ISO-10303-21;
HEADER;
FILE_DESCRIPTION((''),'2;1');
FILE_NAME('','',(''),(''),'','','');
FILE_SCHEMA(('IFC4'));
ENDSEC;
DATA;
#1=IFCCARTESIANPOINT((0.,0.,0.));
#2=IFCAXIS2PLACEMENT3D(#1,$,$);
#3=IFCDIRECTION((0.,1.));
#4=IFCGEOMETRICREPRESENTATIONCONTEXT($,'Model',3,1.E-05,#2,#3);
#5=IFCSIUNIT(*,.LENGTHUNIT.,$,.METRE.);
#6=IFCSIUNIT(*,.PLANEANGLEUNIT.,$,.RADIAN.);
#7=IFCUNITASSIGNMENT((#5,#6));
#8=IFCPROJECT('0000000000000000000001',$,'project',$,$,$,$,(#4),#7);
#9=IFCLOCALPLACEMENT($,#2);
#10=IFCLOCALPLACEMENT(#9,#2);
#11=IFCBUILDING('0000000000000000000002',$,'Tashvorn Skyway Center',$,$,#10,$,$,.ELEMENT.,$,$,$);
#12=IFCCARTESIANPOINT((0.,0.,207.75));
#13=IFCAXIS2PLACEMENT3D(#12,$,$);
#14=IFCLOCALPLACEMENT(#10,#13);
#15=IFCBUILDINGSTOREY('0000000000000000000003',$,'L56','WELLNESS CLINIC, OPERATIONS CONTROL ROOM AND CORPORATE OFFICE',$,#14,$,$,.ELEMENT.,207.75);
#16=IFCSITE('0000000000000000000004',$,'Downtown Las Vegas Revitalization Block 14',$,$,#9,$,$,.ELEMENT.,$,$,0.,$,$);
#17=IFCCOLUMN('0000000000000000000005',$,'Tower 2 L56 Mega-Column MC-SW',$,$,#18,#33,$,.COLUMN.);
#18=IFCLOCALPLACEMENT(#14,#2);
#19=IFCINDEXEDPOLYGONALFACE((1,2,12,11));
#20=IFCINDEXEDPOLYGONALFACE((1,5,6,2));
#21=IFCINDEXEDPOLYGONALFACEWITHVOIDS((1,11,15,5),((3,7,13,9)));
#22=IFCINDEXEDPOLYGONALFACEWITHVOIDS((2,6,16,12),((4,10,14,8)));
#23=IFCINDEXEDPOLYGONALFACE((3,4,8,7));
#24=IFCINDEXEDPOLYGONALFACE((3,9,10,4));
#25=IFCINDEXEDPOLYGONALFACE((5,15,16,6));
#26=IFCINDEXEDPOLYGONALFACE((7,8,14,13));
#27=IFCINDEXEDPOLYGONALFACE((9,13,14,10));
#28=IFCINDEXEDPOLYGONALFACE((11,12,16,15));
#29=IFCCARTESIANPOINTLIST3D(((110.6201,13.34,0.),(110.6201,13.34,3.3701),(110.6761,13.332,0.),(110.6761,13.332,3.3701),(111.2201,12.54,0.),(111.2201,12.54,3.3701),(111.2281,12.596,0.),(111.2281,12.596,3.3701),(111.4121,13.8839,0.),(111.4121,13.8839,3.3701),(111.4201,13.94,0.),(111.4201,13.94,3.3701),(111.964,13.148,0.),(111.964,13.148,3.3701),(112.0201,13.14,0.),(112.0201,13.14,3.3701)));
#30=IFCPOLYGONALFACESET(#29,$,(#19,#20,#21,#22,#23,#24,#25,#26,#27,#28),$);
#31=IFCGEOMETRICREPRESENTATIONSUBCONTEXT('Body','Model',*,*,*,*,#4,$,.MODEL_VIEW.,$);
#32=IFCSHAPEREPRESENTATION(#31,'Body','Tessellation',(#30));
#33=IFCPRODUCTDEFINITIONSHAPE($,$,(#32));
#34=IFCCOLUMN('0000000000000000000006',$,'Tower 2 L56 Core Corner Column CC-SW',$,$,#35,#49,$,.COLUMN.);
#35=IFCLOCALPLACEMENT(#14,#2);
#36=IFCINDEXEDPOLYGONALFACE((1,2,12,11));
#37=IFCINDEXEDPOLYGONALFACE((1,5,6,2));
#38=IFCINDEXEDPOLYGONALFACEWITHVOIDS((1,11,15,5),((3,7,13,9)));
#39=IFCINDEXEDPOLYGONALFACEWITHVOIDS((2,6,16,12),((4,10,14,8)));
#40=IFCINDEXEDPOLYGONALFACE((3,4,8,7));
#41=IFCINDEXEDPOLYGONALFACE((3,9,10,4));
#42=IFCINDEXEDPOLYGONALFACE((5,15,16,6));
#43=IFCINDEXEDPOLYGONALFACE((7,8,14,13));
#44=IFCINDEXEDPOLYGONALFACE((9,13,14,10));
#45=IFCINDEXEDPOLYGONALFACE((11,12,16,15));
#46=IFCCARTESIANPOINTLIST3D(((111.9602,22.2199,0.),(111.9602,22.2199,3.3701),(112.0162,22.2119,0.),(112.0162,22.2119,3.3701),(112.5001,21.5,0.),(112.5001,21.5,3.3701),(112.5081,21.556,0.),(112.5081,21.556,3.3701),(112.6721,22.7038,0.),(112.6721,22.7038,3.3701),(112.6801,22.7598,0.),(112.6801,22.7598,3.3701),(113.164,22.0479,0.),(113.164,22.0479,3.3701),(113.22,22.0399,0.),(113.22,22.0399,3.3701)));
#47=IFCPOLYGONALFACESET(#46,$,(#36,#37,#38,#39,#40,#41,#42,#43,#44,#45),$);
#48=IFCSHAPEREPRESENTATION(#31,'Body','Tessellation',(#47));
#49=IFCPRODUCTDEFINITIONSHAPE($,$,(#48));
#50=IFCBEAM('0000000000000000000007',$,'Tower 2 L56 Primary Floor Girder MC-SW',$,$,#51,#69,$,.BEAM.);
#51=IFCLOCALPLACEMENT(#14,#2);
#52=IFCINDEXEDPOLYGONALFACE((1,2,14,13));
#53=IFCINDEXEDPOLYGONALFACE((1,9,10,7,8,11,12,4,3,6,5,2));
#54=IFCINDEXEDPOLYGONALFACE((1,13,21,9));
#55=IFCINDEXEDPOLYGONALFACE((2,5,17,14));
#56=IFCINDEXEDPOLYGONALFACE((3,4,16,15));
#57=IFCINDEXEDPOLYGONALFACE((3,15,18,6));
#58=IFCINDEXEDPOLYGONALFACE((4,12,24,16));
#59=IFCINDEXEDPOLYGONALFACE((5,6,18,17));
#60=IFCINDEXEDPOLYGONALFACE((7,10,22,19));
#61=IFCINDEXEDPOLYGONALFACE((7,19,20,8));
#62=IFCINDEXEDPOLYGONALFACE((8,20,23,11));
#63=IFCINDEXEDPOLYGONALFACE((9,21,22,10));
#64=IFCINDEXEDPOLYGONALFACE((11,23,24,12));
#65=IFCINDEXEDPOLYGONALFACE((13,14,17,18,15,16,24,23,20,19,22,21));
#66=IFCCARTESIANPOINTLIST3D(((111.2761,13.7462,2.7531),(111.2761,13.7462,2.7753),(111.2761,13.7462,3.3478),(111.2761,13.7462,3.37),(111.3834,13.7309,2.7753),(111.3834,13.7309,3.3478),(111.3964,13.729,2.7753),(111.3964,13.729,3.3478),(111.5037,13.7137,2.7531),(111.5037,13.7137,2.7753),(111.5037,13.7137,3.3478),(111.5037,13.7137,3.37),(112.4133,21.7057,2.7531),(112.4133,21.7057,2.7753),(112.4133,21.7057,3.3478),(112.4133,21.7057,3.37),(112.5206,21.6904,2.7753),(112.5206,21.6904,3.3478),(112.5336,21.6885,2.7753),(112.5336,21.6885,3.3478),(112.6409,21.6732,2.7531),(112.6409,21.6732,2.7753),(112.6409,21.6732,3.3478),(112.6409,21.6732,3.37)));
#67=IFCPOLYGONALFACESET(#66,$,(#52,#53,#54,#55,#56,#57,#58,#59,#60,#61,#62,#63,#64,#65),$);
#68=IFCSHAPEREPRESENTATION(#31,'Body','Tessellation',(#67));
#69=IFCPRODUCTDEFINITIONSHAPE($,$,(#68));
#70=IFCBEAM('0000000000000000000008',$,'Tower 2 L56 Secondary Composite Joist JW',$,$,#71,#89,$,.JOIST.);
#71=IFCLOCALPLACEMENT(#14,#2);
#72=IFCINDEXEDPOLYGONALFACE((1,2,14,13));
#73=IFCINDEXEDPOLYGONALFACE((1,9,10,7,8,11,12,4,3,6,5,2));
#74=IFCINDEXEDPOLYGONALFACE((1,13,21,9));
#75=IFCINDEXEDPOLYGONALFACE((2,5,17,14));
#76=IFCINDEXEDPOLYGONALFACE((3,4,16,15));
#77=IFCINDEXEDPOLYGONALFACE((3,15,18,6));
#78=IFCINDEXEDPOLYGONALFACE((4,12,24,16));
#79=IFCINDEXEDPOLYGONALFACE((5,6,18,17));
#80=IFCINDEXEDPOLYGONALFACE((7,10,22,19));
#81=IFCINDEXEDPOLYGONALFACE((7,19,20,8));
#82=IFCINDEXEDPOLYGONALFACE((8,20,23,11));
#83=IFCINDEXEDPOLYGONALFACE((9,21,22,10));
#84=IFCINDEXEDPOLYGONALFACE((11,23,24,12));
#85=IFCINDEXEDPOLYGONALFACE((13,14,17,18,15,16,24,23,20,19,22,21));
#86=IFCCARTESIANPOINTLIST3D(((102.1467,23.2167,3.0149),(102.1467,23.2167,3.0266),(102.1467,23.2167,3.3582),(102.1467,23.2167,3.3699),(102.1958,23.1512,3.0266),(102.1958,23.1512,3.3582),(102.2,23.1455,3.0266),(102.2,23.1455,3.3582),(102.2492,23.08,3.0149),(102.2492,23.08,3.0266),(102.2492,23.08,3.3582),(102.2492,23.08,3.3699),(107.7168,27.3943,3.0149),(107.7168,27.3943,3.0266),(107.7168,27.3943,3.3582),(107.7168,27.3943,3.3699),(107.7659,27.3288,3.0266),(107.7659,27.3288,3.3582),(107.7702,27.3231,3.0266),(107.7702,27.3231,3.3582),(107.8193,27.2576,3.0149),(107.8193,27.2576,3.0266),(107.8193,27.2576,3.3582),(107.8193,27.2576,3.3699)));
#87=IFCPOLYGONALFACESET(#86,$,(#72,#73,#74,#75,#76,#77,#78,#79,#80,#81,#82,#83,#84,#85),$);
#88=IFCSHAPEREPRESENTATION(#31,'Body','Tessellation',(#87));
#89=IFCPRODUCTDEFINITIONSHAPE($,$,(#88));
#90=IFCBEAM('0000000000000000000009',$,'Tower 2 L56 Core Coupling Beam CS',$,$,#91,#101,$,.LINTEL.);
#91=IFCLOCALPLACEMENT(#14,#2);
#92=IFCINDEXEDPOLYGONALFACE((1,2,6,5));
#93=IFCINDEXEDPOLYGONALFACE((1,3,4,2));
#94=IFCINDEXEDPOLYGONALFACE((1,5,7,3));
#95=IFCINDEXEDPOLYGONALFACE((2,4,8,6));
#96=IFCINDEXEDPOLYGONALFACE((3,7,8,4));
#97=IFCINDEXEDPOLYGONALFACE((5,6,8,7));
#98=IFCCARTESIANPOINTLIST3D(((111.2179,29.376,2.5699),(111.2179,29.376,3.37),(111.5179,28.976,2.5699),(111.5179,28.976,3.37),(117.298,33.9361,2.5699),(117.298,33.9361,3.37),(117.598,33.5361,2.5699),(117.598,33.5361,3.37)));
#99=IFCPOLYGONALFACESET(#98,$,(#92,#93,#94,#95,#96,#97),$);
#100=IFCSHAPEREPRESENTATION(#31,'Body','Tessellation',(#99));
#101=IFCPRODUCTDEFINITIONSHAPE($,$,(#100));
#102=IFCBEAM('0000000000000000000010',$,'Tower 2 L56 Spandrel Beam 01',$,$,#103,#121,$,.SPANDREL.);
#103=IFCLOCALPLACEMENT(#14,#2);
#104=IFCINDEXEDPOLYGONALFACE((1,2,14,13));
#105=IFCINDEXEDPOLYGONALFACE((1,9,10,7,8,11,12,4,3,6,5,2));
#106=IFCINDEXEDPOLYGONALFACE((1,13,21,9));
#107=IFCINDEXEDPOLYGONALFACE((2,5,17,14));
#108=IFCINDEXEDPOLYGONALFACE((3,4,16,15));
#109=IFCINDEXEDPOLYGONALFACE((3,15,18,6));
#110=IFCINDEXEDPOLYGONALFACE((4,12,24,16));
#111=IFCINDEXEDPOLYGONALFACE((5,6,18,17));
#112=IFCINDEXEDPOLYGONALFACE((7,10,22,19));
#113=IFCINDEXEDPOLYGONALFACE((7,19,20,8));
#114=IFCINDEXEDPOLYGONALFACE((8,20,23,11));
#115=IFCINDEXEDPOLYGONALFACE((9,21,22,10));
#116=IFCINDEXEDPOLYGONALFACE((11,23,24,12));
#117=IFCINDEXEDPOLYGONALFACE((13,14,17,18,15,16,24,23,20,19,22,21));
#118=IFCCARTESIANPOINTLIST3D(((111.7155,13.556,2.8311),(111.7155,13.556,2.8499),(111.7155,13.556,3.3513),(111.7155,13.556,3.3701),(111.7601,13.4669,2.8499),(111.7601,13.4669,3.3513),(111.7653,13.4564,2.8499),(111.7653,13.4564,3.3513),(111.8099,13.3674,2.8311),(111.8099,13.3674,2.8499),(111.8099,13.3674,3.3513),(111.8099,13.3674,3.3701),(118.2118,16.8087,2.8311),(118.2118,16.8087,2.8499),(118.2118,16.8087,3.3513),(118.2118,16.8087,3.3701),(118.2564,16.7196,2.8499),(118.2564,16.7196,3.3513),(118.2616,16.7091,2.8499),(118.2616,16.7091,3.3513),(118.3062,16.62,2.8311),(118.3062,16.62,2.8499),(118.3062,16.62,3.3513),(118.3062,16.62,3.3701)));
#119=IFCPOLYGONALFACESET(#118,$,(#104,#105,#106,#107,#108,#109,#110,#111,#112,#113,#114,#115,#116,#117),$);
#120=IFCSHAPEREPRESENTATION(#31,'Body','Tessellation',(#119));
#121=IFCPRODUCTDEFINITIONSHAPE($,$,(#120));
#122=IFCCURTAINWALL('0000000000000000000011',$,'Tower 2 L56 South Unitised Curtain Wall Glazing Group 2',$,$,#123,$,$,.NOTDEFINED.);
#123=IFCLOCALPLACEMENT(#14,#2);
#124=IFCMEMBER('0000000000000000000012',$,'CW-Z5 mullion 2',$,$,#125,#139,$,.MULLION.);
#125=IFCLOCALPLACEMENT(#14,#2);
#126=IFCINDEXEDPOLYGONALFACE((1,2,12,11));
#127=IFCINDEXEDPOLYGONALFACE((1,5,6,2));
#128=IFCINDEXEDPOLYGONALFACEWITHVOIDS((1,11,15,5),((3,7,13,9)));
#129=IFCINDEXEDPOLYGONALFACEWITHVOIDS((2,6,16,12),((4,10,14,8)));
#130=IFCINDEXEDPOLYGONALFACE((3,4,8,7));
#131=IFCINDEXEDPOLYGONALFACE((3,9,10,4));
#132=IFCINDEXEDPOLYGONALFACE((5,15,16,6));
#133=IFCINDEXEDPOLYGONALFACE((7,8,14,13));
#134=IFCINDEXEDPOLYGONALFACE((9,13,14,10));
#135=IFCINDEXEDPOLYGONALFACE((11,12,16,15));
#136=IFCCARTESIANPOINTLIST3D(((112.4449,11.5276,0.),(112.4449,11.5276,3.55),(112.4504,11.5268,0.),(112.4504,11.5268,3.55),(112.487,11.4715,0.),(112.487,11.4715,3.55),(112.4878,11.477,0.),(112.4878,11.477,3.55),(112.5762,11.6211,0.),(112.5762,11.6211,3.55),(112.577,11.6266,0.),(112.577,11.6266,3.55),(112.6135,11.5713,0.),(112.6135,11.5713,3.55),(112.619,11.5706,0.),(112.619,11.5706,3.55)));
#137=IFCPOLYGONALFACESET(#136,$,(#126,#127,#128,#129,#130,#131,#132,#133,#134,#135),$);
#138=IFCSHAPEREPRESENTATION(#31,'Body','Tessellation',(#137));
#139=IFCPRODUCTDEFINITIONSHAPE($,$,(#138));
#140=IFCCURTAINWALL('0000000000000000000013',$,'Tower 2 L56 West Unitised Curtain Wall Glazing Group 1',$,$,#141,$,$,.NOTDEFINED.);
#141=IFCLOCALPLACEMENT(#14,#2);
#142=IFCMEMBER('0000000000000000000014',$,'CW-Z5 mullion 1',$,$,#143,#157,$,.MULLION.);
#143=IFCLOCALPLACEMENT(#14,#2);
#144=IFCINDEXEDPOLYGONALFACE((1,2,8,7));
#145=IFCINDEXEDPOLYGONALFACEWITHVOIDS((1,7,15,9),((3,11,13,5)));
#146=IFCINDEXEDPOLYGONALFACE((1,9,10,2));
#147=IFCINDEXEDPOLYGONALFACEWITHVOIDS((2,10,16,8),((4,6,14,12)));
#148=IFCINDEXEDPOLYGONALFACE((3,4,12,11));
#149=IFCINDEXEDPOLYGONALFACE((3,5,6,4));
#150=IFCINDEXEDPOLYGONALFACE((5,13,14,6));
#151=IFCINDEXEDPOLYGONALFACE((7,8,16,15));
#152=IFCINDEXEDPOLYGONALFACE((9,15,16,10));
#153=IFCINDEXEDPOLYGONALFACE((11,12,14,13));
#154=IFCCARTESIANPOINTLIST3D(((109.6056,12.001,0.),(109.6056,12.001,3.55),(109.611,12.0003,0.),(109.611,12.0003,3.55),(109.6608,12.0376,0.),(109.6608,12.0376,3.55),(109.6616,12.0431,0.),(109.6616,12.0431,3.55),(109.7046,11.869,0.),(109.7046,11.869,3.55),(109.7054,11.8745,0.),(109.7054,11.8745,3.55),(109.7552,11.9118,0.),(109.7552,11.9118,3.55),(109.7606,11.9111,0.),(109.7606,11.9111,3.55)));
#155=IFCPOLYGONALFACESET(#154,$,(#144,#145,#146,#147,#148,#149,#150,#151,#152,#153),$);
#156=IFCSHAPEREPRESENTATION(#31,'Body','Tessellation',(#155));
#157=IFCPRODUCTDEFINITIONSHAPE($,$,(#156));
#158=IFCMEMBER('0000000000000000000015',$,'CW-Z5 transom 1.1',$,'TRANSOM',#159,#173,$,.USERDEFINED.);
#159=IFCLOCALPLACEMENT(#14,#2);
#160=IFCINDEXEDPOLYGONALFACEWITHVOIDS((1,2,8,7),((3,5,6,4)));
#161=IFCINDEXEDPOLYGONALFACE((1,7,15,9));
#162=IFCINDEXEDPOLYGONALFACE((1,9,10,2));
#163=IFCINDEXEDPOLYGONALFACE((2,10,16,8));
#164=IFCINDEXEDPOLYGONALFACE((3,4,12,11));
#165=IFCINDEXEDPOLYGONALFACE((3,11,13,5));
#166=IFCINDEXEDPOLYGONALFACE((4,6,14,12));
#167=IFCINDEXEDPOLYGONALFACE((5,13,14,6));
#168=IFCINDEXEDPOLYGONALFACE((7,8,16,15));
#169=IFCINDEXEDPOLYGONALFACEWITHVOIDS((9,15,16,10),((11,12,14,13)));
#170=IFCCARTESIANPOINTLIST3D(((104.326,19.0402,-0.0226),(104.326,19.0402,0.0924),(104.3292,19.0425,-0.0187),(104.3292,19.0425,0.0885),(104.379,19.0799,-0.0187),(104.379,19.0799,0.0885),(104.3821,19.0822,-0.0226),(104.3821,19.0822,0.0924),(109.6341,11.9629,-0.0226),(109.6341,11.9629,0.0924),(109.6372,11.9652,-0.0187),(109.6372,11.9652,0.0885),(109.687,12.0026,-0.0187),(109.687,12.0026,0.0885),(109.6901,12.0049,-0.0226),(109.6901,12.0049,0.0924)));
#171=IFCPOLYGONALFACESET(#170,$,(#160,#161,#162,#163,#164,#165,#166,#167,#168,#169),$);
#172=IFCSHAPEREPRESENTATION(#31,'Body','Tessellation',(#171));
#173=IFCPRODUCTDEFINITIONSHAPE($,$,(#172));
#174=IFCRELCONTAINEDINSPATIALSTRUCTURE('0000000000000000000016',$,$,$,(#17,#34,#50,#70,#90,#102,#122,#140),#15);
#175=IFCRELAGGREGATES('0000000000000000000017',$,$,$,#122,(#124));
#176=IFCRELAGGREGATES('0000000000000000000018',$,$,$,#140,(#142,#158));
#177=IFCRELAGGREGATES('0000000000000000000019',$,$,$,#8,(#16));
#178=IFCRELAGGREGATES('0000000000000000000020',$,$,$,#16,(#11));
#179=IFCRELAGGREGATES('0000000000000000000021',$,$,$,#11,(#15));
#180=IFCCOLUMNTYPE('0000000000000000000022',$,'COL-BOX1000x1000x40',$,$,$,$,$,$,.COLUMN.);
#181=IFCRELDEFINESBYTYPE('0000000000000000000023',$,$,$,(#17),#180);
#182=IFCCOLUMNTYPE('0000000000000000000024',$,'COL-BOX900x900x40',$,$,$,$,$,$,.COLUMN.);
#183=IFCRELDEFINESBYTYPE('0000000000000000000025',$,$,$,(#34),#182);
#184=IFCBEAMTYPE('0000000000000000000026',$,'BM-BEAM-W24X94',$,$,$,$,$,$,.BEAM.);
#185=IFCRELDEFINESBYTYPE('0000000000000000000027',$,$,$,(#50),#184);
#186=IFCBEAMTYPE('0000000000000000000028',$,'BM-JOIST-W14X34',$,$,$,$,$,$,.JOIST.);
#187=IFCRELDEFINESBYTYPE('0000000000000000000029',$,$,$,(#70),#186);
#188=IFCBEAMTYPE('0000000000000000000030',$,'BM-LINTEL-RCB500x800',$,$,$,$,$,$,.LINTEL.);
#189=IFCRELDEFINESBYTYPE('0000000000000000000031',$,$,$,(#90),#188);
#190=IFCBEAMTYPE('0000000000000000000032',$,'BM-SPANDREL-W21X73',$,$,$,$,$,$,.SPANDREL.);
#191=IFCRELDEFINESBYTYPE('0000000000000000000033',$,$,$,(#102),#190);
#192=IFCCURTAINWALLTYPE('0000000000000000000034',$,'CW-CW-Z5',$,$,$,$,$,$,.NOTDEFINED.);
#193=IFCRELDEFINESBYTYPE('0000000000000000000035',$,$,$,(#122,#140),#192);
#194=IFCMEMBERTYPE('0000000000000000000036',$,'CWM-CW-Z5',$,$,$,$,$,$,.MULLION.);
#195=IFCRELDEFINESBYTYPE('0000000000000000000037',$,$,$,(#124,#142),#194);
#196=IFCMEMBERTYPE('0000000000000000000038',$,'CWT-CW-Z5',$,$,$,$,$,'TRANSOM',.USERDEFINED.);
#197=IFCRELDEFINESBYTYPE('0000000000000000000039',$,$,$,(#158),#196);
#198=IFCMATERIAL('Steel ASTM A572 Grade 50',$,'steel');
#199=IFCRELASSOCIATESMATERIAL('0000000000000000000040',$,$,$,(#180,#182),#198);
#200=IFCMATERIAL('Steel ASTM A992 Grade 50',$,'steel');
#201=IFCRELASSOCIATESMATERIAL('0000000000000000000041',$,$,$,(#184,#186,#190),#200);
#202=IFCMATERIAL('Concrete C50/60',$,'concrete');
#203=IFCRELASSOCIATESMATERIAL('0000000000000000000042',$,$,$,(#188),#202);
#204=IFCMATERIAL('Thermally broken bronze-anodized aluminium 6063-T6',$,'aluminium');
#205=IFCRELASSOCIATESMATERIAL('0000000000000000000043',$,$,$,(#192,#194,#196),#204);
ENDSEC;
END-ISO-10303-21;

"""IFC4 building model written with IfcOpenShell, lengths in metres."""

from ifc_helpers import new_model, si_unit, direction, frame, origin, origin_2d, place, context, subcontext, project, spatial, rectangle, hollow_rectangle, i_section, extrude, material, material_profile, profile_set, type_object, element, aggregate, save


model = new_model("IFC4")

# Units and contexts
model_context = context("Model", 3, precision=1e-05, world=origin(), true_north=direction((0.0, 1.0)))
body_context = subcontext(model_context, "Body", "Model", "MODEL_VIEW")
ifc_project = project(units=[si_unit("LENGTHUNIT", "METRE"), si_unit("PLANEANGLEUNIT", "RADIAN")], contexts=[model_context])

# Site, building, storey
site_placement = place(None, origin())
site = spatial("IfcSite", under=ifc_project, at=site_placement, Name="Downtown Las Vegas Revitalization Block 14", CompositionType="ELEMENT", RefElevation=0.0)
building_placement = place(site_placement, origin())
building = spatial("IfcBuilding", under=site, at=building_placement, Name="Tashvorn Skyway Center", CompositionType="ELEMENT")
storey_placement = place(building_placement, frame((0.0, 0.0, 207.75)))
storey = spatial("IfcBuildingStorey", under=building, at=storey_placement, Name="L56", Description="WELLNESS CLINIC, OPERATIONS CONTROL ROOM AND CORPORATE OFFICE", CompositionType="ELEMENT", Elevation=207.75)

# Columns
ifc_material_1 = material(Name="Steel ASTM A572 Grade 50", Category="steel")
ifc_material_profile_1 = material_profile(ifc_material_1, hollow_rectangle(XDim=1.0, YDim=1.0, WallThickness=0.04, at=origin_2d()), Name="BOX1000x1000x40")
ifc_profile_set_1 = profile_set([ifc_material_profile_1], Name="Steel ASTM A572 Grade 50")
column_type_1 = type_object("IfcColumnType", Name="COL-BOX1000x1000x40", PredefinedType="COLUMN", material=ifc_profile_set_1)
column_1_placement = place(storey_placement, frame((111.3201, 13.24, 0.0), z_axis=(0.0, 0.0, 1.0), x_axis=(0.8, 0.6, 0.0)))
element("IfcColumn", 1, at=column_1_placement, inside=storey, type_object=column_type_1, Name="Tower 2 L56 Mega-Column MC-SW", PredefinedType="COLUMN", context=body_context, shape_type="SweptSolid", body=[
    extrude(hollow_rectangle(XDim=1.0, YDim=1.0, WallThickness=0.04, at=origin_2d()), origin(), (0.0, 0.0, 1.0), 3.3701),
])
ifc_material_profile_2 = material_profile(ifc_material_1, hollow_rectangle(XDim=0.8999, YDim=0.8999, WallThickness=0.04, at=origin_2d()), Name="BOX900x900x40")
ifc_profile_set_2 = profile_set([ifc_material_profile_2], Name="Steel ASTM A572 Grade 50")
column_type_2 = type_object("IfcColumnType", Name="COL-BOX900x900x40", PredefinedType="COLUMN", material=ifc_profile_set_2)
column_2_placement = place(storey_placement, frame((112.5901, 22.1299, 0.0), z_axis=(0.0, 0.0, 1.0), x_axis=(0.8, 0.6, 0.0)))
element("IfcColumn", 2, at=column_2_placement, inside=storey, type_object=column_type_2, Name="Tower 2 L56 Core Corner Column CC-SW", PredefinedType="COLUMN", context=body_context, shape_type="SweptSolid", body=[
    extrude(hollow_rectangle(XDim=0.8999, YDim=0.8999, WallThickness=0.04, at=origin_2d()), origin(), (0.0, 0.0, 1.0), 3.3701),
])

# Beams
ifc_material_2 = material(Name="Steel ASTM A992 Grade 50", Category="steel")
ifc_material_profile_3 = material_profile(ifc_material_2, i_section(OverallWidth=0.23, OverallDepth=0.6169, WebThickness=0.0132, FlangeThickness=0.0222, at=origin_2d()), Name="W24X94")
ifc_profile_set_3 = profile_set([ifc_material_profile_3], Name="Steel ASTM A992 Grade 50")
beam_type_1 = type_object("IfcBeamType", Name="BM-BEAM-W24X94", PredefinedType="BEAM", material=ifc_profile_set_3)
beam_1_placement = place(storey_placement, frame((111.3899, 13.73, 3.0615), z_axis=(0.141438, 0.989947, 0.0), x_axis=(-0.989947, 0.141438, 0.0)))
element("IfcBeam", 3, at=beam_1_placement, inside=storey, type_object=beam_type_1, Name="Tower 2 L56 Primary Floor Girder MC-SW", PredefinedType="BEAM", context=body_context, shape_type="SweptSolid", body=[
    extrude(i_section(OverallWidth=0.23, OverallDepth=0.6169, WebThickness=0.0132, FlangeThickness=0.0222, at=origin_2d()), origin(), (0.0, 0.0, 1.0), 8.0403),
])
ifc_material_profile_4 = material_profile(ifc_material_2, i_section(OverallWidth=0.1709, OverallDepth=0.355, WebThickness=0.0071, FlangeThickness=0.0117, at=origin_2d()), Name="W14X34")
ifc_profile_set_4 = profile_set([ifc_material_profile_4], Name="Steel ASTM A992 Grade 50")
beam_type_2 = type_object("IfcBeamType", Name="BM-JOIST-W14X34", PredefinedType="JOIST", material=ifc_profile_set_4)
beam_2_placement = place(storey_placement, frame((107.7681, 27.3259, 3.1924), z_axis=(-0.800004, -0.599994, 0.0), x_axis=(0.599994, -0.800004, 0.0)))
element("IfcBeam", 4, at=beam_2_placement, inside=storey, type_object=beam_type_2, Name="Tower 2 L56 Secondary Composite Joist JW", PredefinedType="JOIST", context=body_context, shape_type="SweptSolid", body=[
    extrude(i_section(OverallWidth=0.1709, OverallDepth=0.355, WebThickness=0.0071, FlangeThickness=0.0117, at=origin_2d()), origin(), (0.0, 0.0, 1.0), 6.9626),
])
ifc_material_3 = material(Name="Concrete C50/60", Category="concrete")
ifc_material_profile_5 = material_profile(ifc_material_3, rectangle(XDim=0.5, YDim=0.8, at=origin_2d()), Name="RCB500x800")
ifc_profile_set_5 = profile_set([ifc_material_profile_5], Name="Concrete C50/60")
beam_type_3 = type_object("IfcBeamType", Name="BM-LINTEL-RCB500x800", PredefinedType="LINTEL", material=ifc_profile_set_5)
beam_3_placement = place(storey_placement, frame((111.3679, 29.176, 2.97), z_axis=(0.8, 0.6, 0.0), x_axis=(-0.6, 0.8, 0.0)))
element("IfcBeam", 5, at=beam_3_placement, inside=storey, type_object=beam_type_3, Name="Tower 2 L56 Core Coupling Beam CS", PredefinedType="LINTEL", context=body_context, shape_type="SweptSolid", body=[
    extrude(rectangle(XDim=0.5, YDim=0.8, at=origin_2d()), origin(), (0.0, 0.0, 1.0), 7.6001),
])
ifc_material_profile_6 = material_profile(ifc_material_2, i_section(OverallWidth=0.2109, OverallDepth=0.5391, WebThickness=0.0117, FlangeThickness=0.0188, at=origin_2d()), Name="W21X73")
ifc_profile_set_6 = profile_set([ifc_material_profile_6], Name="Steel ASTM A992 Grade 50")
beam_type_4 = type_object("IfcBeamType", Name="BM-SPANDREL-W21X73", PredefinedType="SPANDREL", material=ifc_profile_set_6)
beam_4_placement = place(storey_placement, frame((111.7627, 13.4617, 3.1006), z_axis=(0.894178, 0.447711, 0.0), x_axis=(-0.447711, 0.894178, 0.0)))
element("IfcBeam", 6, at=beam_4_placement, inside=storey, type_object=beam_type_4, Name="Tower 2 L56 Spandrel Beam 01", PredefinedType="SPANDREL", context=body_context, shape_type="SweptSolid", body=[
    extrude(i_section(OverallWidth=0.2109, OverallDepth=0.5391, WebThickness=0.0117, FlangeThickness=0.0188, at=origin_2d()), origin(), (0.0, 0.0, 1.0), 7.2651),
])

# Curtain wall, member
ifc_material_4 = material(Name="Thermally broken bronze-anodized aluminium 6063-T6", Category="aluminium")
curtain_wall_type = type_object("IfcCurtainWallType", Name="CW-CW-Z5", PredefinedType="NOTDEFINED", material=ifc_material_4)
curtain_wall_1_placement = place(storey_placement, origin())
curtain_wall_1 = element("IfcCurtainWall", 7, at=curtain_wall_1_placement, inside=storey, type_object=curtain_wall_type, Name="Tower 2 L56 South Unitised Curtain Wall Glazing Group 2", PredefinedType="NOTDEFINED")
ifc_material_profile_7 = material_profile(ifc_material_4, hollow_rectangle(XDim=0.0701, YDim=0.165, WallThickness=0.0039, at=origin_2d()), Name="ALU-MULL-70x165")
ifc_profile_set_7 = profile_set([ifc_material_profile_7], Name="Thermally broken bronze-anodized aluminium 6063-T6")
member_type_1 = type_object("IfcMemberType", Name="CWM-CW-Z5", PredefinedType="MULLION", material=ifc_profile_set_7)
member_1_placement = place(storey_placement, frame((112.532, 11.5491, 0.0), z_axis=(0.0, 0.0, 1.0), x_axis=(0.600002, -0.799999, 0.0)))
member_1 = element("IfcMember", 8, at=member_1_placement, type_object=member_type_1, Name="CW-Z5 mullion 2", PredefinedType="MULLION", context=body_context, shape_type="SweptSolid", body=[
    extrude(hollow_rectangle(XDim=0.0701, YDim=0.165, WallThickness=0.0039, at=origin_2d()), origin(), (0.0, 0.0, 1.0), 3.55),
])
aggregate(curtain_wall_1, [member_1])

# Curtain wall, members
curtain_wall_2_placement = place(storey_placement, origin())
curtain_wall_2 = element("IfcCurtainWall", 9, at=curtain_wall_2_placement, inside=storey, type_object=curtain_wall_type, Name="Tower 2 L56 West Unitised Curtain Wall Glazing Group 1", PredefinedType="NOTDEFINED")
member_2_placement = place(storey_placement, frame((109.6831, 11.9561, 0.0), z_axis=(0.0, 0.0, 1.0), x_axis=(-0.799999, -0.600002, 0.0)))
member_2 = element("IfcMember", 10, at=member_2_placement, type_object=member_type_1, Name="CW-Z5 mullion 1", PredefinedType="MULLION", context=body_context, shape_type="SweptSolid", body=[
    extrude(hollow_rectangle(XDim=0.0701, YDim=0.165, WallThickness=0.0039, at=origin_2d()), origin(), (0.0, 0.0, 1.0), 3.55),
])
ifc_material_profile_8 = material_profile(ifc_material_4, hollow_rectangle(XDim=0.0701, YDim=0.115, WallThickness=0.0039, at=origin_2d()), Name="ALU-TRAN-70x115")
ifc_profile_set_8 = profile_set([ifc_material_profile_8], Name="Thermally broken bronze-anodized aluminium 6063-T6")
member_type_2 = type_object("IfcMemberType", Name="CWT-CW-Z5", ElementType="TRANSOM", PredefinedType="USERDEFINED", material=ifc_profile_set_8)
member_3_placement = place(storey_placement, frame((109.6621, 11.9839, 0.0349), z_axis=(-0.600004, 0.799997, 0.0), x_axis=(-0.799997, -0.600004, 0.0)))
member_3 = element("IfcMember", 11, at=member_3_placement, type_object=member_type_2, Name="CW-Z5 transom 1.1", ObjectType="TRANSOM", PredefinedType="USERDEFINED", context=body_context, shape_type="SweptSolid", body=[
    extrude(hollow_rectangle(XDim=0.0701, YDim=0.115, WallThickness=0.0039, at=origin_2d()), origin(), (0.0, 0.0, 1.0), 8.8467),
])
aggregate(curtain_wall_2, [member_2, member_3])

save(model, "model.ifc")
